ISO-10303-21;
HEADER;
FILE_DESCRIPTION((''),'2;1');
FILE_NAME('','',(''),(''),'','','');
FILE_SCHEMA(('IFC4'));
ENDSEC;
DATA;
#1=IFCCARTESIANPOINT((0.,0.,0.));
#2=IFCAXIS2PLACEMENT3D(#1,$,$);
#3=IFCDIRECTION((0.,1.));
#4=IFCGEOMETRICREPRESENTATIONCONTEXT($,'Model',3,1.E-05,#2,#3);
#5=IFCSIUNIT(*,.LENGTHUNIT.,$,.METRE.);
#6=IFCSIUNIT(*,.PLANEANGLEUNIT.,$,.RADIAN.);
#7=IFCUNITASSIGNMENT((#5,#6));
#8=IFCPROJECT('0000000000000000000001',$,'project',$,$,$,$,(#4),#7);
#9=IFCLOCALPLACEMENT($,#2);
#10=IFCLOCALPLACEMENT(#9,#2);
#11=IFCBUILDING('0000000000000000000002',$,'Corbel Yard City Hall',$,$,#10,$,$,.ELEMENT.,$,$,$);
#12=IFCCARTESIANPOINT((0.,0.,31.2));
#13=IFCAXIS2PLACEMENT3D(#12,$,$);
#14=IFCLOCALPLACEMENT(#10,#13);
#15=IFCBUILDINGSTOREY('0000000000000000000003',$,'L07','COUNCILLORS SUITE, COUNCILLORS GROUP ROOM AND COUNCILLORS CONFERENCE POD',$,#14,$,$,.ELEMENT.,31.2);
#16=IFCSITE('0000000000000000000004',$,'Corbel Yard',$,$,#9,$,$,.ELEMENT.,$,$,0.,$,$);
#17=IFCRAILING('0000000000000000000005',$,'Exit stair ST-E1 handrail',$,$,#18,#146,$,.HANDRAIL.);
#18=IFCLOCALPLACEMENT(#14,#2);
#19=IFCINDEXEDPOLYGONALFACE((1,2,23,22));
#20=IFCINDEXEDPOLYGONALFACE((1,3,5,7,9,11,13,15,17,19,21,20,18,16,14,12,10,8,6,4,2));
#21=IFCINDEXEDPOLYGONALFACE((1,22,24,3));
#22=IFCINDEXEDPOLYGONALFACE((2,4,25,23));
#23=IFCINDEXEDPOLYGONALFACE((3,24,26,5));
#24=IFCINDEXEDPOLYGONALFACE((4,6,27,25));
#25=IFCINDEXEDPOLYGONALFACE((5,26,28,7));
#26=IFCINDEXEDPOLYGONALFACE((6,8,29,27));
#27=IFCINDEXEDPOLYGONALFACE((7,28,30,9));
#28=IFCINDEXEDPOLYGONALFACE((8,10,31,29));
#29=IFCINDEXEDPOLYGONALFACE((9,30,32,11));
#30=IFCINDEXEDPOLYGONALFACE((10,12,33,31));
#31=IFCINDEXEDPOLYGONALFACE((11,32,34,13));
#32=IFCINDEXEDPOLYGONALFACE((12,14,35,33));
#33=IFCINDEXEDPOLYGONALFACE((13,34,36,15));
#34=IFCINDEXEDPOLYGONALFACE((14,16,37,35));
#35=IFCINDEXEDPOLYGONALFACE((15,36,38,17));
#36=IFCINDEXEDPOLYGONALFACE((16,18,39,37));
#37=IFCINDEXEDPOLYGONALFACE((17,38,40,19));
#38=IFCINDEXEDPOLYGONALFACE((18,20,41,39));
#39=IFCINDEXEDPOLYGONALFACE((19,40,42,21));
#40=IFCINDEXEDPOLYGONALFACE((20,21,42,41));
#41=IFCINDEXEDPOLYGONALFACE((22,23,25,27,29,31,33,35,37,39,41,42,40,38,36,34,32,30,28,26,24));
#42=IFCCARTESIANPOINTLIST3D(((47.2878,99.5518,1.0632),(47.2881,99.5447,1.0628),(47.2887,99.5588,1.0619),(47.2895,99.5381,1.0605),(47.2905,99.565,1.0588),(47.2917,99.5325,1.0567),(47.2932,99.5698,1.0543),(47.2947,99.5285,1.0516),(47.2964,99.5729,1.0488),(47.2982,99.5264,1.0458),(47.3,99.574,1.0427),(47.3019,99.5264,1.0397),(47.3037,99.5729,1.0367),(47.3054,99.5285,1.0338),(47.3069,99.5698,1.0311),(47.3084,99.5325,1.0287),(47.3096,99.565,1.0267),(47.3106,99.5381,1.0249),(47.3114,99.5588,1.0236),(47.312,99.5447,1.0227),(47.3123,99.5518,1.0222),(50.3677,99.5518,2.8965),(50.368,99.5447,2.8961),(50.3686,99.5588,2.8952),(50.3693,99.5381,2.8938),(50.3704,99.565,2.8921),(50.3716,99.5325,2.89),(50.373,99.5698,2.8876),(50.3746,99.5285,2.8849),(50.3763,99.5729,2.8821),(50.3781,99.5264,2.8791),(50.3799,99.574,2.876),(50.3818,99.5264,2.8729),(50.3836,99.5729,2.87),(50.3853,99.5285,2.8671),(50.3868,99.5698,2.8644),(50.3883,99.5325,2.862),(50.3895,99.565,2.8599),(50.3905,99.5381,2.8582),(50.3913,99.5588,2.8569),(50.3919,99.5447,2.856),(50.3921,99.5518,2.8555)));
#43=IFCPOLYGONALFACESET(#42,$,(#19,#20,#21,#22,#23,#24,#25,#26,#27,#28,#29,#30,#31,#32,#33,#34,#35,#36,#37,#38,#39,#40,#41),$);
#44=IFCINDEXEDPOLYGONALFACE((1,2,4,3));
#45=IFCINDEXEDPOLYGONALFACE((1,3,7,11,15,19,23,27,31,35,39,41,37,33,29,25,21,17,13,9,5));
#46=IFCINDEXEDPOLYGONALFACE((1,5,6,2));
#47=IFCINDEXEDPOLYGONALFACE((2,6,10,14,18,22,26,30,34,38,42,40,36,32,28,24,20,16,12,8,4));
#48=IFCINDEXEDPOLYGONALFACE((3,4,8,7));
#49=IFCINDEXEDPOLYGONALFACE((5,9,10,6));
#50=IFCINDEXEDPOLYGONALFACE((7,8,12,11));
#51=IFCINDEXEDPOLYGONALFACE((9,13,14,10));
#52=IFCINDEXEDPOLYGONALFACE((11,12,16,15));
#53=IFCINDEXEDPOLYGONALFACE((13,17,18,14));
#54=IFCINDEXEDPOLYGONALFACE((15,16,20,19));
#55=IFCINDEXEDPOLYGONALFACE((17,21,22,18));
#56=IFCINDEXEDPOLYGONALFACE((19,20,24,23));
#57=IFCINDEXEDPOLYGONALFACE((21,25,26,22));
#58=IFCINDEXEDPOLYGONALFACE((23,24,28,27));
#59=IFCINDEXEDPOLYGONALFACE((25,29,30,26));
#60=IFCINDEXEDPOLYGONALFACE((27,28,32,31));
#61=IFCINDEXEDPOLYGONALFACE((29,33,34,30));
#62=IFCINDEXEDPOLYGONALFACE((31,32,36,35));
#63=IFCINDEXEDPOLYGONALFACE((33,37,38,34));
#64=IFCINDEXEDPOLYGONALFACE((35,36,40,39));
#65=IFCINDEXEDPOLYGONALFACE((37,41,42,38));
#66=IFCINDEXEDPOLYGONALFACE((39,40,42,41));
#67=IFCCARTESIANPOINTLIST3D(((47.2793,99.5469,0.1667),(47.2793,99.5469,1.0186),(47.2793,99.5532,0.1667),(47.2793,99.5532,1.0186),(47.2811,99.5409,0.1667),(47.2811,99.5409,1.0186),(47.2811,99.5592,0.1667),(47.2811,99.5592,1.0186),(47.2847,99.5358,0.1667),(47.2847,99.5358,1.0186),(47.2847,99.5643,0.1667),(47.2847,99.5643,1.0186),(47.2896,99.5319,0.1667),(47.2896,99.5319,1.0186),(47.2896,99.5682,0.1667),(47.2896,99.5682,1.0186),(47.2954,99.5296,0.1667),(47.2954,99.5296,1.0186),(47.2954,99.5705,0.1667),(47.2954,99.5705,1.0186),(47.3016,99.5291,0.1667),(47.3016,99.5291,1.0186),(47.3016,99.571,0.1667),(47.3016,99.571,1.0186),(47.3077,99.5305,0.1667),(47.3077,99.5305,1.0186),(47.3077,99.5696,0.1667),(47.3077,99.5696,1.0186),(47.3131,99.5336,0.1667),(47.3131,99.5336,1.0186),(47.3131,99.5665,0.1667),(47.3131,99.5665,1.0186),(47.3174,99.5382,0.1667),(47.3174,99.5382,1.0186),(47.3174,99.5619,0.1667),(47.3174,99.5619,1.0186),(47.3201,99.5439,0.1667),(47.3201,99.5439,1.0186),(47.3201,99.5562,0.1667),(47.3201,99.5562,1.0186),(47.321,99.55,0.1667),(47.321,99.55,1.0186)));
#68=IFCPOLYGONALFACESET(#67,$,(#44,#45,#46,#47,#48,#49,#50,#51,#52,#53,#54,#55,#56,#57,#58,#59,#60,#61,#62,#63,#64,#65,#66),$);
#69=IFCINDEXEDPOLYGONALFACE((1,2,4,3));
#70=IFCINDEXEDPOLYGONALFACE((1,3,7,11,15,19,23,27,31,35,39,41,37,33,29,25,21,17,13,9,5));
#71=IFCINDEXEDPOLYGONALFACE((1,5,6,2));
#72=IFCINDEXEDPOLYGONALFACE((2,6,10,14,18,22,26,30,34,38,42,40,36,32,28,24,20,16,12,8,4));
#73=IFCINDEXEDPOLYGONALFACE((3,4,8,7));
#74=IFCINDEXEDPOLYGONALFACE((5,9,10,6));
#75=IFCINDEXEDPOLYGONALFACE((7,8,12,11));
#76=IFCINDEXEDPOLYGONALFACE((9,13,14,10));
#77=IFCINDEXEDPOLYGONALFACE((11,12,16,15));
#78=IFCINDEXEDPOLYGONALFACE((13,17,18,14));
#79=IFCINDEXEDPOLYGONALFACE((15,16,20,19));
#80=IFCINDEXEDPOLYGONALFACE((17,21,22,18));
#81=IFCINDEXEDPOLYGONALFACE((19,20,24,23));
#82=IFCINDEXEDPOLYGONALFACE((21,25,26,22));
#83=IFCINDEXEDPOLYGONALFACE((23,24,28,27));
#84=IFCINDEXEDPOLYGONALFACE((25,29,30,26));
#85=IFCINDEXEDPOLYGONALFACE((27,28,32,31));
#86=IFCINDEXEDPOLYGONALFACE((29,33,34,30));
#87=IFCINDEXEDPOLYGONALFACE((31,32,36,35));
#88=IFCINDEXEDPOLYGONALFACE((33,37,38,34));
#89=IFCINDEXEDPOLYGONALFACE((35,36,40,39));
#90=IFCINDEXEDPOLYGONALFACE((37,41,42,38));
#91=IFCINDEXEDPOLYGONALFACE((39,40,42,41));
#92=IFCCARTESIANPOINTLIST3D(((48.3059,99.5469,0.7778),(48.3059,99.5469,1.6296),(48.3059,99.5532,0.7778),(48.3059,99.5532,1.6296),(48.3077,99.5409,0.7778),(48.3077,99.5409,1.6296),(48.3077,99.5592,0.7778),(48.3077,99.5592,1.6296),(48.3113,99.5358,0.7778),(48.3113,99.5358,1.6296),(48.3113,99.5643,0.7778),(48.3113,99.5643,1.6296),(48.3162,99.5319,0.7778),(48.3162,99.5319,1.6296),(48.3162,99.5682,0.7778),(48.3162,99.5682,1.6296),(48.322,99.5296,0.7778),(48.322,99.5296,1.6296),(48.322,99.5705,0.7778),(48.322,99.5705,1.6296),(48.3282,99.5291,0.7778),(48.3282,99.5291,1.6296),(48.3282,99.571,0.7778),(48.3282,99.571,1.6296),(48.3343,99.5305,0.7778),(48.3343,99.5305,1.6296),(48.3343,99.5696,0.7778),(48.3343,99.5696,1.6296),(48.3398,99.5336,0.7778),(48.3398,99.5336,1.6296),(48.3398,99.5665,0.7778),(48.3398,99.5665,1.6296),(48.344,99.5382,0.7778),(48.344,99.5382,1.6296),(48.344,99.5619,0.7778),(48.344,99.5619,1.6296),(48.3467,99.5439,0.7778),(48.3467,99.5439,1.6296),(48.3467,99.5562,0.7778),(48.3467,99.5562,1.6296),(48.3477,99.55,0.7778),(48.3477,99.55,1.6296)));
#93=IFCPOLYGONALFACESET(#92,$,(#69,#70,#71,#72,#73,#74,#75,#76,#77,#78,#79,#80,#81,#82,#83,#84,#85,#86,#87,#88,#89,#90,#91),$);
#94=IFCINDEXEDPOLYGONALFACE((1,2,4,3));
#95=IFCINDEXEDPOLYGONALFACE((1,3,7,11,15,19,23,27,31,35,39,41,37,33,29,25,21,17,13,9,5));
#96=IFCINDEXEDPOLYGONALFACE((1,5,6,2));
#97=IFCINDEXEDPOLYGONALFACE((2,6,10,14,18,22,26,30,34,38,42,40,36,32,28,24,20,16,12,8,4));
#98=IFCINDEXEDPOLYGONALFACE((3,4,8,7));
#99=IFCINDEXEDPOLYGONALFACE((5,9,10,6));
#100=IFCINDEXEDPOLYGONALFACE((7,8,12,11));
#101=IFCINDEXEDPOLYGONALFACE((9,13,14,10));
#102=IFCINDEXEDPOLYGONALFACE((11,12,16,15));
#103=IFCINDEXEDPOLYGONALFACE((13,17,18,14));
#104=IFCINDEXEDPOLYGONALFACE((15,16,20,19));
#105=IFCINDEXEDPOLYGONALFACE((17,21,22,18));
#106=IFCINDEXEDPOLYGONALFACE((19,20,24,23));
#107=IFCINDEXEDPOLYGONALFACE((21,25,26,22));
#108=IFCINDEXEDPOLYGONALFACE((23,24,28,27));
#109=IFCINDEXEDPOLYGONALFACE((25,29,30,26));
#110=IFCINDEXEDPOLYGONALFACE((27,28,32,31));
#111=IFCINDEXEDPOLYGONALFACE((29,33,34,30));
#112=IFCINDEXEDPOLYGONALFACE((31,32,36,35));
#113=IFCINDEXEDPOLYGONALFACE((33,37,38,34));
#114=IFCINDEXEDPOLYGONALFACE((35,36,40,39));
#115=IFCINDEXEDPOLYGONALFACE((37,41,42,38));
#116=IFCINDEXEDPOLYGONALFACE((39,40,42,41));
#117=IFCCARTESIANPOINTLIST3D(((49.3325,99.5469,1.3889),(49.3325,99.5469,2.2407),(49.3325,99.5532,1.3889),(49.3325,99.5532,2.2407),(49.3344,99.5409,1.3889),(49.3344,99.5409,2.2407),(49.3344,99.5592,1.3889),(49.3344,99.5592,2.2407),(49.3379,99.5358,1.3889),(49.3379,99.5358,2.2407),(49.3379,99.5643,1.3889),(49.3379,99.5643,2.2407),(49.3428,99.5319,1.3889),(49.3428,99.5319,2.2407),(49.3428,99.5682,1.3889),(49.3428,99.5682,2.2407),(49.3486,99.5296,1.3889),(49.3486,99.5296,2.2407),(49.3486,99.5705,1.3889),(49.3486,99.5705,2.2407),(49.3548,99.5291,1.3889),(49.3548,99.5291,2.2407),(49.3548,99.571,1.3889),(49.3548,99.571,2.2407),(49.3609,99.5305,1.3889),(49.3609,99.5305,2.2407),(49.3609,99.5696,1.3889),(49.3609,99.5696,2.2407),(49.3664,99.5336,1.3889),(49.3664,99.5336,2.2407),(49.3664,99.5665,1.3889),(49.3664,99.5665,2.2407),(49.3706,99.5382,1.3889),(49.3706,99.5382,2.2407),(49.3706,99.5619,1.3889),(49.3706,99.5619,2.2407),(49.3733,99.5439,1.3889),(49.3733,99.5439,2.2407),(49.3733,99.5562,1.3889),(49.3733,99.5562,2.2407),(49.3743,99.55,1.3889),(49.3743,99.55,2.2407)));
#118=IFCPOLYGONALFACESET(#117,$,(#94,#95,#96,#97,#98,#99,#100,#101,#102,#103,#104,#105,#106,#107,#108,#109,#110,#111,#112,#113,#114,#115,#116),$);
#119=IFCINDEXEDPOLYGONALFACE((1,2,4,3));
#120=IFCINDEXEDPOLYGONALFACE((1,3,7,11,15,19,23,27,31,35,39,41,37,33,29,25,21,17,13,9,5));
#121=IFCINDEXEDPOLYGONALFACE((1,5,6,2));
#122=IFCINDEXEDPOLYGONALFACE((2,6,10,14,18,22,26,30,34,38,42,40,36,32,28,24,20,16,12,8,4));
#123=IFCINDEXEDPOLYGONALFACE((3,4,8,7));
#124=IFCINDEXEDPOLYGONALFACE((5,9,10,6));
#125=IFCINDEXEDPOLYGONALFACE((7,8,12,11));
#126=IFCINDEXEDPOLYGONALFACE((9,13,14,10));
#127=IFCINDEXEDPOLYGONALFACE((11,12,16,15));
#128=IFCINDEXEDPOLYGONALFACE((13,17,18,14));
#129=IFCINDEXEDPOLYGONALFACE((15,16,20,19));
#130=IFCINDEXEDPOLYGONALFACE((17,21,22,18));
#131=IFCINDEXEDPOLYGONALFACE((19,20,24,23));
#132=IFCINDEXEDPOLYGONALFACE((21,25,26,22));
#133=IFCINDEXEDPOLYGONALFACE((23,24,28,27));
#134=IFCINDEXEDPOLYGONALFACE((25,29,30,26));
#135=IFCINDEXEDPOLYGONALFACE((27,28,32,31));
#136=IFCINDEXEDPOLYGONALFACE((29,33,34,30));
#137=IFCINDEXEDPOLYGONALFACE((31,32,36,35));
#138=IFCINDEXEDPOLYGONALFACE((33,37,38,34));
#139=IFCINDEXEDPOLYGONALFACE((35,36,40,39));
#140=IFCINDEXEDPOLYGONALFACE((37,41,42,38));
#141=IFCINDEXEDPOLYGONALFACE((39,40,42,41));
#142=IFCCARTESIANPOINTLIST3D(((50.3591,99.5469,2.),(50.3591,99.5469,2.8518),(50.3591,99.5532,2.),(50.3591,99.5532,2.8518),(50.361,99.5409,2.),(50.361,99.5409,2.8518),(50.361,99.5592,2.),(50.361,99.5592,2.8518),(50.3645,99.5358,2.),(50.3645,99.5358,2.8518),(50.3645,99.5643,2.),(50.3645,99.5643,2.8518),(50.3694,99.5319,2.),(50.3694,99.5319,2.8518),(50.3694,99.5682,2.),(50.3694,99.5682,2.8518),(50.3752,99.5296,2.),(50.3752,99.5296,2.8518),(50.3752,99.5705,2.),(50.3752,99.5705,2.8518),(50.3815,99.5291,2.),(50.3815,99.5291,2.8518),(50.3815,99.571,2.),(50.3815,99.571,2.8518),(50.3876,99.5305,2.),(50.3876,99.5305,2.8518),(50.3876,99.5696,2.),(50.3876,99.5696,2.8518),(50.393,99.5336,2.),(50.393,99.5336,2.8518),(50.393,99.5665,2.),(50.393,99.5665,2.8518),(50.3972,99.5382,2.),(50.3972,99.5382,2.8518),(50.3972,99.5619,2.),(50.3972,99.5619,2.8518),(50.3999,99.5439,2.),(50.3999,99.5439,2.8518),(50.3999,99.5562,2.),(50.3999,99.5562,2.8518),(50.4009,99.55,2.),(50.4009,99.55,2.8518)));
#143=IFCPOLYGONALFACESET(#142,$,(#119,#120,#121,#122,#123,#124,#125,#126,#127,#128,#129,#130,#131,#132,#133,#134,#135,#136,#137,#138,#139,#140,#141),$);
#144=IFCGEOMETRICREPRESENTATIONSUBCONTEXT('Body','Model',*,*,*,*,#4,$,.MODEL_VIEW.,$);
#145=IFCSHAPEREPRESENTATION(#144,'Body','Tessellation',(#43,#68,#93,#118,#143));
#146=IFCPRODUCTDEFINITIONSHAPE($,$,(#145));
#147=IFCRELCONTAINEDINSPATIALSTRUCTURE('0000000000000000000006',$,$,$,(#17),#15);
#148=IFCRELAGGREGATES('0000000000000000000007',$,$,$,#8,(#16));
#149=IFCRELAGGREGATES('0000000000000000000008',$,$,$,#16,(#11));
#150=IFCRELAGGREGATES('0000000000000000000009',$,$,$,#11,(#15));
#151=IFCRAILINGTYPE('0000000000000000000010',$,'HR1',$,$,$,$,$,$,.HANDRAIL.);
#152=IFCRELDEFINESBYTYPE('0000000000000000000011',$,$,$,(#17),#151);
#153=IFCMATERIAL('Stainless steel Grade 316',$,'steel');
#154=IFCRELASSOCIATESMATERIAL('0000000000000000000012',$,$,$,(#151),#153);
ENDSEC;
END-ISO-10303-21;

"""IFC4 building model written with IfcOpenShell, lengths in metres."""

from ifc_helpers import new_model, si_unit, direction, frame, origin, origin_2d, place, context, subcontext, project, spatial, circle, extrude, material, type_object, element, save


model = new_model("IFC4")

# Units and contexts
model_context = context("Model", 3, precision=1e-05, world=origin(), true_north=direction((0.0, 1.0)))
body_context = subcontext(model_context, "Body", "Model", "MODEL_VIEW")
ifc_project = project(units=[si_unit("LENGTHUNIT", "METRE"), si_unit("PLANEANGLEUNIT", "RADIAN")], contexts=[model_context])

# Site, building, storey
site_placement = place(None, origin())
site = spatial("IfcSite", under=ifc_project, at=site_placement, Name="Corbel Yard", CompositionType="ELEMENT", RefElevation=0.0)
building_placement = place(site_placement, origin())
building = spatial("IfcBuilding", under=site, at=building_placement, Name="Corbel Yard City Hall", CompositionType="ELEMENT")
storey_placement = place(building_placement, frame((0.0, 0.0, 31.2)))
storey = spatial("IfcBuildingStorey", under=building, at=storey_placement, Name="L07", Description="COUNCILLORS SUITE, COUNCILLORS GROUP ROOM AND COUNCILLORS CONFERENCE POD", CompositionType="ELEMENT", Elevation=31.2)

# Shared definitions
ifc_material_1 = material(Name="Stainless steel Grade 316", Category="steel")

# Railing
railing_type = type_object("IfcRailingType", Name="HR1", PredefinedType="HANDRAIL", material=ifc_material_1)
for number, where, name in (
    (1, (47.3, 99.55, 0.1667), "Exit stair ST-E1 handrail"),
):
    element("IfcRailing", number, at=place(storey_placement, frame(where)), inside=storey, type_object=railing_type, Name=name, PredefinedType="HANDRAIL", context=body_context, shape_type="SweptSolid", body=[
        extrude(circle(Radius=0.0239, at=origin_2d()), frame((0.0, 0.0, 0.876), z_axis=(0.859291, 0.0, 0.511487), x_axis=(0.0, 1.0, 0.0)), (0.0, 0.0, 1.0), 3.5842),
        extrude(circle(Radius=0.021, at=origin_2d()), origin(), (0.0, 0.0, 1.0), 0.8518),
        extrude(circle(Radius=0.021, at=origin_2d()), frame((1.0266, 0.0, 0.6111)), (0.0, 0.0, 1.0), 0.8518),
        extrude(circle(Radius=0.021, at=origin_2d()), frame((2.0532, 0.0, 1.2222)), (0.0, 0.0, 1.0), 0.8518),
        extrude(circle(Radius=0.021, at=origin_2d()), frame((3.0798, 0.0, 1.8333)), (0.0, 0.0, 1.0), 0.8518),
    ])

save(model, "model.ifc")
